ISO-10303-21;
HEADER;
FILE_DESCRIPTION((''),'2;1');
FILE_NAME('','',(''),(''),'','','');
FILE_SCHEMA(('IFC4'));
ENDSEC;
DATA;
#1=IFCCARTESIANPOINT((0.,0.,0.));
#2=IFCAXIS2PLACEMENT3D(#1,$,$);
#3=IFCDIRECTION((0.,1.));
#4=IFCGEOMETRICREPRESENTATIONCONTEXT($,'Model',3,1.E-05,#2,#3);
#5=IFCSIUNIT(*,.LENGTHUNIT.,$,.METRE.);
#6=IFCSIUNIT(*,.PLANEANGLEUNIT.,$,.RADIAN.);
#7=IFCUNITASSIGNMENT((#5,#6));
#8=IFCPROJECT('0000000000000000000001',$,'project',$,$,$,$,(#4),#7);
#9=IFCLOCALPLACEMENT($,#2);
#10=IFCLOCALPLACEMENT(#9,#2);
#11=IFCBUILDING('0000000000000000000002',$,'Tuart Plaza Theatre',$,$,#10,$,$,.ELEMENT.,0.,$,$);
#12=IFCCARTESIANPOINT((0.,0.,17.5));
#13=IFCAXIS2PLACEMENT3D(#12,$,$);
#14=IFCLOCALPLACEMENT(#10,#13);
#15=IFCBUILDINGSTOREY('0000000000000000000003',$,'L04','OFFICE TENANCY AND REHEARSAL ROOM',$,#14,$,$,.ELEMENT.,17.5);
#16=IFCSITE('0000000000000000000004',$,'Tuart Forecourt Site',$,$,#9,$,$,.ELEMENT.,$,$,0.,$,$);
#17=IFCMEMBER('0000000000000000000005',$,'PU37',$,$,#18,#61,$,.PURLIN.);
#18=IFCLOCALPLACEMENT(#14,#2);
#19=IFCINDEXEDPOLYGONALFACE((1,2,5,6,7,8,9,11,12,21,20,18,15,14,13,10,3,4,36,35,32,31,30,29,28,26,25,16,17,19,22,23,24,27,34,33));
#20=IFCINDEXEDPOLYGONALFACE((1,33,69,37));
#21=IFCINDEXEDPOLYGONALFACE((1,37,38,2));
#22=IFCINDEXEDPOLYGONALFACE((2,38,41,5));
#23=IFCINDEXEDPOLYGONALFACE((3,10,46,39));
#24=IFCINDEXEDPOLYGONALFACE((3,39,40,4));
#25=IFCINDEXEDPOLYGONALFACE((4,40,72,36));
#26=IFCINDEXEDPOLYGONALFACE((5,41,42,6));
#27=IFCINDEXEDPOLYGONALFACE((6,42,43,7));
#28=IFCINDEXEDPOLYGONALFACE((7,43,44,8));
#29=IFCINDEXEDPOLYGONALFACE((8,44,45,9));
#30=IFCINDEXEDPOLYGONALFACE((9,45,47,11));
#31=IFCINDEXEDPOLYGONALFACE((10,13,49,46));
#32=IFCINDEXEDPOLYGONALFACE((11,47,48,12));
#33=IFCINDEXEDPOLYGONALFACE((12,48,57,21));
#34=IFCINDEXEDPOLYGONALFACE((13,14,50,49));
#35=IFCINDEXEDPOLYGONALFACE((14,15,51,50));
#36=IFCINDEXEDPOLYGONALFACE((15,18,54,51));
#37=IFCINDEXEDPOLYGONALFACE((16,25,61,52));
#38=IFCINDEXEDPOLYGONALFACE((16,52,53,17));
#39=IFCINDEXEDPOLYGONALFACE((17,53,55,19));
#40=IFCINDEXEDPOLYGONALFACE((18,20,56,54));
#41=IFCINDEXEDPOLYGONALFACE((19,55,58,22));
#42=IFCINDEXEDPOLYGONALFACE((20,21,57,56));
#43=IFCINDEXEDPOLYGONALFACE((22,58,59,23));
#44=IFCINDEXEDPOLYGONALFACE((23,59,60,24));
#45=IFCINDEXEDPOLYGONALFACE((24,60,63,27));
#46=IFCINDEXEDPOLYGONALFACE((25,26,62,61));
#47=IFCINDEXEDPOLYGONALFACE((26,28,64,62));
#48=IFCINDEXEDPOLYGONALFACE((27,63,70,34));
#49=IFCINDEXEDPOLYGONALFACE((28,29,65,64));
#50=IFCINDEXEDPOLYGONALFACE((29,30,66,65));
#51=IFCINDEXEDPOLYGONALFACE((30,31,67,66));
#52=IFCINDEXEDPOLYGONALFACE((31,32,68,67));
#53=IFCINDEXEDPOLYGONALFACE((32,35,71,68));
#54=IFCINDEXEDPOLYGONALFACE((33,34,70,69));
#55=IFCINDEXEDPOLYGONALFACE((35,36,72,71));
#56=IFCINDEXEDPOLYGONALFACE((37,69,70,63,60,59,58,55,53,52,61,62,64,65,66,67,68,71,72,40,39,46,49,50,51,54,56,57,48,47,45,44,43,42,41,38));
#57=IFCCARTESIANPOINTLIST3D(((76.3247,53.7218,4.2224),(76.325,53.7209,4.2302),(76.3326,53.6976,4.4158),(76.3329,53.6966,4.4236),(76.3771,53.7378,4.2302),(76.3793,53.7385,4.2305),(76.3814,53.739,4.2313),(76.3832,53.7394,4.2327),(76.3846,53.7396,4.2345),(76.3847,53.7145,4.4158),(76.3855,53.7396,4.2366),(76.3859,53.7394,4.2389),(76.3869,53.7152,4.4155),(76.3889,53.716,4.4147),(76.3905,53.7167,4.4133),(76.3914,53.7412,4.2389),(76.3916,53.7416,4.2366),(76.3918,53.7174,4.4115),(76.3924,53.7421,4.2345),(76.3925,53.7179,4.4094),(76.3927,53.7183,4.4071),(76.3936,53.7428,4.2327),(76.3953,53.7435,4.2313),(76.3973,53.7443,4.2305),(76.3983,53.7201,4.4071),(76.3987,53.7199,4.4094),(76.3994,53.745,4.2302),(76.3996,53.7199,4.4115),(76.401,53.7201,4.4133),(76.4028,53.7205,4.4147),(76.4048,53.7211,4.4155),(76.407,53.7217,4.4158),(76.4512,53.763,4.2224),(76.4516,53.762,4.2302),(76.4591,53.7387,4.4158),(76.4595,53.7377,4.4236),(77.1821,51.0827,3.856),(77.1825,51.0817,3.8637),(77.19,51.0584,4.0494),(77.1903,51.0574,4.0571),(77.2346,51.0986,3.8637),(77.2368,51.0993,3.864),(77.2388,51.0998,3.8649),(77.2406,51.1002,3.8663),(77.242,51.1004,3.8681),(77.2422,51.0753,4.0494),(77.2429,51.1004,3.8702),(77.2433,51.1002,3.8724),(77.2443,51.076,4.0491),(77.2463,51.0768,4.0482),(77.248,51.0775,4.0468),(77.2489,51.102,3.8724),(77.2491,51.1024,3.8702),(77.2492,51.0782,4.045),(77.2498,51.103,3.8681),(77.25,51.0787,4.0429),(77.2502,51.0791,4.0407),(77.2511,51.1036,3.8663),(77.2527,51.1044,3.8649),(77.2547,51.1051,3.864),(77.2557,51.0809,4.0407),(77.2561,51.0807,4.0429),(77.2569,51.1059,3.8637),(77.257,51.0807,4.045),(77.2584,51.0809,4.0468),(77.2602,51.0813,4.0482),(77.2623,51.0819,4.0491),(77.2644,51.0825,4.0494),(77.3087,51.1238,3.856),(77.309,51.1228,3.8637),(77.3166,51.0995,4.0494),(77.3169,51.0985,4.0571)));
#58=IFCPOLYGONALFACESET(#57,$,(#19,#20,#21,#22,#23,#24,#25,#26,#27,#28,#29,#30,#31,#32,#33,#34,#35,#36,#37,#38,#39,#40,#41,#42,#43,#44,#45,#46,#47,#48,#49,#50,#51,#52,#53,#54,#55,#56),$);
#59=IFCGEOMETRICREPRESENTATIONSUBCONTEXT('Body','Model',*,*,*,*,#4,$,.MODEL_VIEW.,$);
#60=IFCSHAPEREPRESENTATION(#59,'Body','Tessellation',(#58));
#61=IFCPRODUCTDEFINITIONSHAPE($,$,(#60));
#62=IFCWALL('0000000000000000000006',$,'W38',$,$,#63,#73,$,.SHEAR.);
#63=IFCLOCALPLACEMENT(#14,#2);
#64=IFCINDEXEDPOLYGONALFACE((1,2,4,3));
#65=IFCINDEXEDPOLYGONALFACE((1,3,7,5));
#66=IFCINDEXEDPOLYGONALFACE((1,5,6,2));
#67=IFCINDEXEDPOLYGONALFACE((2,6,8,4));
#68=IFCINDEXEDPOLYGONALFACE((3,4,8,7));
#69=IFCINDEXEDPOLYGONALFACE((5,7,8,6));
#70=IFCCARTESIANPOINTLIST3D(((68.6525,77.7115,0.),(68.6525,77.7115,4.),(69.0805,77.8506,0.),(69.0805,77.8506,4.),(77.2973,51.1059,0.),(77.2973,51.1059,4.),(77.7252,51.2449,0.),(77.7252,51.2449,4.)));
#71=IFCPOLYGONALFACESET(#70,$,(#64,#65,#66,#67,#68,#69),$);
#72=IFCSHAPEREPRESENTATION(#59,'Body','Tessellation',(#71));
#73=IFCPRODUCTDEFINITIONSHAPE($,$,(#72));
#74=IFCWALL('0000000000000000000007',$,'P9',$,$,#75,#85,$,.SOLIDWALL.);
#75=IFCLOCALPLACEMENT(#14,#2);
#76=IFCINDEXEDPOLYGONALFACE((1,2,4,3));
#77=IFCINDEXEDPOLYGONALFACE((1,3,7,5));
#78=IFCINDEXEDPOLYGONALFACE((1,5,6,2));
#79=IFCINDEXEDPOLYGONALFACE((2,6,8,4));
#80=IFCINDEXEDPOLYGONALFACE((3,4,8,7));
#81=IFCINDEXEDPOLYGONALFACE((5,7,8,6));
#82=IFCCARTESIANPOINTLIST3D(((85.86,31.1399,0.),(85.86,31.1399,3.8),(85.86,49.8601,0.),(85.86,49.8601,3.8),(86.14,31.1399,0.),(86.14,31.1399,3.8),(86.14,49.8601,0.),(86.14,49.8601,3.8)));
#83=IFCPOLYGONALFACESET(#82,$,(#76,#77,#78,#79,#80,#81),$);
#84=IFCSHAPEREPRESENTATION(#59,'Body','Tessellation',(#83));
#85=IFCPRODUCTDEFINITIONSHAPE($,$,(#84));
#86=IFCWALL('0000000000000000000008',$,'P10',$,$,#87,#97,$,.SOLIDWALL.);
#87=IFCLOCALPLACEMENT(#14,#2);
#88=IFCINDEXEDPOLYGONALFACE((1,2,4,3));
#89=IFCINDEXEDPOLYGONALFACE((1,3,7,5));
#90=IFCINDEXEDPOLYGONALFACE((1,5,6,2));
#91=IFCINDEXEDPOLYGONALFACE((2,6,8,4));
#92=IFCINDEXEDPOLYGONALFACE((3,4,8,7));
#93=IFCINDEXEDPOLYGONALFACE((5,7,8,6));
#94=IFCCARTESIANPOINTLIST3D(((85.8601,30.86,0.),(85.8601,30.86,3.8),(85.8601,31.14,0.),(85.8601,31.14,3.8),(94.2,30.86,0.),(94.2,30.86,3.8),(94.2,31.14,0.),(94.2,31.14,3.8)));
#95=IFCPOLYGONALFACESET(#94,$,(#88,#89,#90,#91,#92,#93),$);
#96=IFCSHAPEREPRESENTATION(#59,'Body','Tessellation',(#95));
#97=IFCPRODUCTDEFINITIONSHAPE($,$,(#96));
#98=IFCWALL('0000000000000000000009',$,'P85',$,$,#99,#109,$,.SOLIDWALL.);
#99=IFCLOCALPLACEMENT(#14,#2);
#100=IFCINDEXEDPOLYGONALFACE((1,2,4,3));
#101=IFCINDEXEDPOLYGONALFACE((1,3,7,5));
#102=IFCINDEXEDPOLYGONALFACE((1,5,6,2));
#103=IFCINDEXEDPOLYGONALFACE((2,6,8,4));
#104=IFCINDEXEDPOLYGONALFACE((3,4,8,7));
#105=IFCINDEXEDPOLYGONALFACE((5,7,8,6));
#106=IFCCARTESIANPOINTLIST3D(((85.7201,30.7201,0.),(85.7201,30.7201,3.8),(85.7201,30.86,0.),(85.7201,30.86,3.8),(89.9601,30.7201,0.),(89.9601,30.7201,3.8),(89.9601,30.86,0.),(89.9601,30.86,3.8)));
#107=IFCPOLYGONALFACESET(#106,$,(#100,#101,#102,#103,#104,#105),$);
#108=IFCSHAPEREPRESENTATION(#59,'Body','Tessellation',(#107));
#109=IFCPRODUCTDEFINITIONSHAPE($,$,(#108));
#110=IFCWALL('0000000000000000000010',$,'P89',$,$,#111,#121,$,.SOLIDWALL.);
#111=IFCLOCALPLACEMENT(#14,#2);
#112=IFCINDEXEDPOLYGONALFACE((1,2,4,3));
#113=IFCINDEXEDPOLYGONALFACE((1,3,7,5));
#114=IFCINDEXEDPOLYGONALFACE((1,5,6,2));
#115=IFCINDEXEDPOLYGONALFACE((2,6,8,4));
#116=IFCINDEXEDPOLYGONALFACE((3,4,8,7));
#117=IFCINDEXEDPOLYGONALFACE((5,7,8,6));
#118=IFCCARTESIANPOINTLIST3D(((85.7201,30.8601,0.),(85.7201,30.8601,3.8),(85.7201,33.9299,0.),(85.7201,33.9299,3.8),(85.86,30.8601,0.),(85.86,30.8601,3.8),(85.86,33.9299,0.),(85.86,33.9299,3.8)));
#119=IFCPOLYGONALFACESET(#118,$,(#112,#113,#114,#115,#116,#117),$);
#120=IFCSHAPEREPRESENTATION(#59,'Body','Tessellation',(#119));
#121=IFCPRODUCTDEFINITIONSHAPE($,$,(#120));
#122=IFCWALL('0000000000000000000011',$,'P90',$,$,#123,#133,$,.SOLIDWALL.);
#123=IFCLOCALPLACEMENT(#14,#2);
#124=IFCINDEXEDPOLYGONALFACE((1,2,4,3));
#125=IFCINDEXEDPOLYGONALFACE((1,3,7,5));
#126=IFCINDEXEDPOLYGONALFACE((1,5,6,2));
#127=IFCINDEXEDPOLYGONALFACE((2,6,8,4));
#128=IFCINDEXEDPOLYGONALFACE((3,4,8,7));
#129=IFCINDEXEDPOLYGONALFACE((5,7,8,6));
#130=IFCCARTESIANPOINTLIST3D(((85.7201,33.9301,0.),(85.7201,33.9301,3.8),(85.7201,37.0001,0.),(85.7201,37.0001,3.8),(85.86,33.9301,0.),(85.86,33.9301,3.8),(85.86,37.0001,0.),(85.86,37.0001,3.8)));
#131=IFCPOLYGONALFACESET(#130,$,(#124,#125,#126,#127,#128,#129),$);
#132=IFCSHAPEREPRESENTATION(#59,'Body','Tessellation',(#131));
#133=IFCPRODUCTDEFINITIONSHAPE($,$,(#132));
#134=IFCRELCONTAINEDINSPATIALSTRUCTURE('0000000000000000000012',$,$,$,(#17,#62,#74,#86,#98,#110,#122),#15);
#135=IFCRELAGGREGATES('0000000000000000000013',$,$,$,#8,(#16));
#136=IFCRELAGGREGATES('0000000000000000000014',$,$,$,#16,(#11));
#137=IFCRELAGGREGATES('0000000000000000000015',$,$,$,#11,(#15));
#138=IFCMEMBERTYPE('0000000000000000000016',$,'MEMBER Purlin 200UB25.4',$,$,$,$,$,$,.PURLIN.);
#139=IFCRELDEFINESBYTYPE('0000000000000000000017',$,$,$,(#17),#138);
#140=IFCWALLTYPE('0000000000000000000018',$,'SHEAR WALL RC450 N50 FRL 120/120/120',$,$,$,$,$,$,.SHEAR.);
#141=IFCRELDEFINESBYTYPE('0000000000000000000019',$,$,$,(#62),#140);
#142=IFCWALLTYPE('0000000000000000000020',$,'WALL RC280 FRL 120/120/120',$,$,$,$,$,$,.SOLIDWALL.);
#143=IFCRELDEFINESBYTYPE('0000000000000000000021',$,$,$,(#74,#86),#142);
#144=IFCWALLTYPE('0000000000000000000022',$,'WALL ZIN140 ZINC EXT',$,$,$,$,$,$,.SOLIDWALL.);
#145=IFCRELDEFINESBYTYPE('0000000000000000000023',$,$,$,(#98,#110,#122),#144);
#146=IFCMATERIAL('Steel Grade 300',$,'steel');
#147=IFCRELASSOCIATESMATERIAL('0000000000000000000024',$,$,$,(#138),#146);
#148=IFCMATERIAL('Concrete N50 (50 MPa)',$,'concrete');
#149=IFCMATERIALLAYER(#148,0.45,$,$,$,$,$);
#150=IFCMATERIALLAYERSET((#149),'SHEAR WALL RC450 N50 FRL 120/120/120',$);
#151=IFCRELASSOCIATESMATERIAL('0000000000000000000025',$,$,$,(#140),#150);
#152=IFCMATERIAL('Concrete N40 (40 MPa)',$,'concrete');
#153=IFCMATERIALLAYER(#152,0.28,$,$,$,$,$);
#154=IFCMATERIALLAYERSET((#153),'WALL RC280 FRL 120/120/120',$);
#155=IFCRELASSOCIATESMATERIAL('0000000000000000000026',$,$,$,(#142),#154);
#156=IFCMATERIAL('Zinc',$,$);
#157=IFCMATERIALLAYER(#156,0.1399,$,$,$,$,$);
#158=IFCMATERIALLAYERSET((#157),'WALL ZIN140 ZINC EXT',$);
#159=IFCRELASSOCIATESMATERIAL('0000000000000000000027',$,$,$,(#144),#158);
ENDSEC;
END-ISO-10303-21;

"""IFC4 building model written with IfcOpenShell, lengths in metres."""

from ifc_helpers import new_model, si_unit, direction, frame, frame_2d, origin, origin_2d, place, context, subcontext, project, spatial, rectangle, i_section, extrude, material, layer, layer_set, material_profile, profile_set, type_object, element, save


model = new_model("IFC4")

# Units and contexts
model_context = context("Model", 3, precision=1e-05, world=origin(), true_north=direction((0.0, 1.0)))
body_context = subcontext(model_context, "Body", "Model", "MODEL_VIEW")
ifc_project = project(units=[si_unit("LENGTHUNIT", "METRE"), si_unit("PLANEANGLEUNIT", "RADIAN")], contexts=[model_context])

# Site, building, storey
site_placement = place(None, origin())
site = spatial("IfcSite", under=ifc_project, at=site_placement, Name="Tuart Forecourt Site", CompositionType="ELEMENT", RefElevation=0.0)
building_placement = place(site_placement, origin())
building = spatial("IfcBuilding", under=site, at=building_placement, Name="Tuart Plaza Theatre", CompositionType="ELEMENT", ElevationOfRefHeight=0.0)
storey_placement = place(building_placement, frame((0.0, 0.0, 17.5)))
storey = spatial("IfcBuildingStorey", under=building, at=storey_placement, Name="L04", Description="OFFICE TENANCY AND REHEARSAL ROOM", CompositionType="ELEMENT", Elevation=17.5)

# Member
ifc_material_1 = material(Name="Steel Grade 300", Category="steel")
ifc_material_profile_1 = material_profile(ifc_material_1, i_section(OverallWidth=0.1331, OverallDepth=0.2029, WebThickness=0.0059, FlangeThickness=0.0078, FilletRadius=0.0088, at=origin_2d()), Name="200UB25.4")
ifc_profile_set_1 = profile_set([ifc_material_profile_1], Name="Steel Grade 300")
member_type_1 = type_object("IfcMemberType", Name="MEMBER Purlin 200UB25.4", PredefinedType="PURLIN", material=ifc_profile_set_1)
for number, where, z_axis, x_axis, name in (
    (1, (77.2495, 51.0906, 3.9565), (-0.306327, 0.94288, 0.130922), (-0.951066, -0.308987, 0.0), "PU37"),
):
    element("IfcMember", number, at=place(storey_placement, frame(where, z_axis=z_axis, x_axis=x_axis)), inside=storey, type_object=member_type_1, Name=name, PredefinedType="PURLIN", context=body_context, shape_type="SweptSolid", body=[
        extrude(i_section(OverallWidth=0.1331, OverallDepth=0.2029, WebThickness=0.0059, FlangeThickness=0.0078, FilletRadius=0.0088, at=origin_2d()), origin(), (0.0, 0.0, 1.0), 2.7991),
    ])

# Walls
ifc_material_2 = material(Name="Concrete N50 (50 MPa)", Category="concrete")
ifc_layer_1 = layer(ifc_material_2, 0.45)
ifc_layer_set_1 = layer_set([ifc_layer_1], Name="SHEAR WALL RC450 N50 FRL 120/120/120")
wall_type_1 = type_object("IfcWallType", Name="SHEAR WALL RC450 N50 FRL 120/120/120", PredefinedType="SHEAR", material=ifc_layer_set_1)
wall_1_placement = place(storey_placement, frame((77.5112, 51.1755, 0.0), z_axis=(0.0, 0.0, 1.0), x_axis=(-0.309019, 0.951056, 0.0)))
element("IfcWall", 2, at=wall_1_placement, inside=storey, type_object=wall_type_1, Name="W38", PredefinedType="SHEAR", context=body_context, shape_type="SweptSolid", body=[
    extrude(rectangle(XDim=27.9749, YDim=0.45, at=frame_2d((13.9873, 0.0))), origin(), (0.0, 0.0, 1.0), 4.0),
])
ifc_material_3 = material(Name="Concrete N40 (40 MPa)", Category="concrete")
ifc_layer_2 = layer(ifc_material_3, 0.28)
ifc_layer_set_2 = layer_set([ifc_layer_2], Name="WALL RC280 FRL 120/120/120")
wall_type_2 = type_object("IfcWallType", Name="WALL RC280 FRL 120/120/120", PredefinedType="SOLIDWALL", material=ifc_layer_set_2)
wall_2_placement = place(storey_placement, frame((86.0, 49.8601, 0.0), z_axis=(0.0, 0.0, 1.0), x_axis=(0.0, -1.0, 0.0)))
element("IfcWall", 3, at=wall_2_placement, inside=storey, type_object=wall_type_2, Name="P9", PredefinedType="SOLIDWALL", context=body_context, shape_type="SweptSolid", body=[
    extrude(rectangle(XDim=18.7202, YDim=0.28, at=frame_2d((9.3601, 0.0))), origin(), (0.0, 0.0, 1.0), 3.8),
])
wall_3_placement = place(storey_placement, frame((85.8601, 31.0, 0.0), z_axis=(0.0, 0.0, 1.0), x_axis=(1.0, 0.0, 0.0)))
element("IfcWall", 4, at=wall_3_placement, inside=storey, type_object=wall_type_2, Name="P10", PredefinedType="SOLIDWALL", context=body_context, shape_type="SweptSolid", body=[
    extrude(rectangle(XDim=8.3398, YDim=0.28, at=frame_2d((4.1699, 0.0))), origin(), (0.0, 0.0, 1.0), 3.8),
])
ifc_material_4 = material(Name="Zinc")
ifc_layer_3 = layer(ifc_material_4, 0.1399)
ifc_layer_set_3 = layer_set([ifc_layer_3], Name="WALL ZIN140 ZINC EXT")
wall_type_3 = type_object("IfcWallType", Name="WALL ZIN140 ZINC EXT", PredefinedType="SOLIDWALL", material=ifc_layer_set_3)
wall_4_placement = place(storey_placement, frame((85.72, 30.79, 0.0), z_axis=(0.0, 0.0, 1.0), x_axis=(1.0, 0.0, 0.0)))
element("IfcWall", 5, at=wall_4_placement, inside=storey, type_object=wall_type_3, Name="P85", PredefinedType="SOLIDWALL", context=body_context, shape_type="SweptSolid", body=[
    extrude(rectangle(XDim=4.24, YDim=0.1399, at=frame_2d((2.1201, 0.0))), origin(), (0.0, 0.0, 1.0), 3.8),
])
wall_5_placement = place(storey_placement, frame((85.79, 30.8601, 0.0), z_axis=(0.0, 0.0, 1.0), x_axis=(0.0, 1.0, 0.0)))
element("IfcWall", 6, at=wall_5_placement, inside=storey, type_object=wall_type_3, Name="P89", PredefinedType="SOLIDWALL", context=body_context, shape_type="SweptSolid", body=[
    extrude(rectangle(XDim=3.0698, YDim=0.1399, at=frame_2d((1.5349, 0.0))), origin(), (0.0, 0.0, 1.0), 3.8),
])
wall_6_placement = place(storey_placement, frame((85.79, 33.9299, 0.0), z_axis=(0.0, 0.0, 1.0), x_axis=(0.0, 1.0, 0.0)))
element("IfcWall", 7, at=wall_6_placement, inside=storey, type_object=wall_type_3, Name="P90", PredefinedType="SOLIDWALL", context=body_context, shape_type="SweptSolid", body=[
    extrude(rectangle(XDim=3.0701, YDim=0.1399, at=frame_2d((1.5352, 0.0))), origin(), (0.0, 0.0, 1.0), 3.8),
])

save(model, "model.ifc")
